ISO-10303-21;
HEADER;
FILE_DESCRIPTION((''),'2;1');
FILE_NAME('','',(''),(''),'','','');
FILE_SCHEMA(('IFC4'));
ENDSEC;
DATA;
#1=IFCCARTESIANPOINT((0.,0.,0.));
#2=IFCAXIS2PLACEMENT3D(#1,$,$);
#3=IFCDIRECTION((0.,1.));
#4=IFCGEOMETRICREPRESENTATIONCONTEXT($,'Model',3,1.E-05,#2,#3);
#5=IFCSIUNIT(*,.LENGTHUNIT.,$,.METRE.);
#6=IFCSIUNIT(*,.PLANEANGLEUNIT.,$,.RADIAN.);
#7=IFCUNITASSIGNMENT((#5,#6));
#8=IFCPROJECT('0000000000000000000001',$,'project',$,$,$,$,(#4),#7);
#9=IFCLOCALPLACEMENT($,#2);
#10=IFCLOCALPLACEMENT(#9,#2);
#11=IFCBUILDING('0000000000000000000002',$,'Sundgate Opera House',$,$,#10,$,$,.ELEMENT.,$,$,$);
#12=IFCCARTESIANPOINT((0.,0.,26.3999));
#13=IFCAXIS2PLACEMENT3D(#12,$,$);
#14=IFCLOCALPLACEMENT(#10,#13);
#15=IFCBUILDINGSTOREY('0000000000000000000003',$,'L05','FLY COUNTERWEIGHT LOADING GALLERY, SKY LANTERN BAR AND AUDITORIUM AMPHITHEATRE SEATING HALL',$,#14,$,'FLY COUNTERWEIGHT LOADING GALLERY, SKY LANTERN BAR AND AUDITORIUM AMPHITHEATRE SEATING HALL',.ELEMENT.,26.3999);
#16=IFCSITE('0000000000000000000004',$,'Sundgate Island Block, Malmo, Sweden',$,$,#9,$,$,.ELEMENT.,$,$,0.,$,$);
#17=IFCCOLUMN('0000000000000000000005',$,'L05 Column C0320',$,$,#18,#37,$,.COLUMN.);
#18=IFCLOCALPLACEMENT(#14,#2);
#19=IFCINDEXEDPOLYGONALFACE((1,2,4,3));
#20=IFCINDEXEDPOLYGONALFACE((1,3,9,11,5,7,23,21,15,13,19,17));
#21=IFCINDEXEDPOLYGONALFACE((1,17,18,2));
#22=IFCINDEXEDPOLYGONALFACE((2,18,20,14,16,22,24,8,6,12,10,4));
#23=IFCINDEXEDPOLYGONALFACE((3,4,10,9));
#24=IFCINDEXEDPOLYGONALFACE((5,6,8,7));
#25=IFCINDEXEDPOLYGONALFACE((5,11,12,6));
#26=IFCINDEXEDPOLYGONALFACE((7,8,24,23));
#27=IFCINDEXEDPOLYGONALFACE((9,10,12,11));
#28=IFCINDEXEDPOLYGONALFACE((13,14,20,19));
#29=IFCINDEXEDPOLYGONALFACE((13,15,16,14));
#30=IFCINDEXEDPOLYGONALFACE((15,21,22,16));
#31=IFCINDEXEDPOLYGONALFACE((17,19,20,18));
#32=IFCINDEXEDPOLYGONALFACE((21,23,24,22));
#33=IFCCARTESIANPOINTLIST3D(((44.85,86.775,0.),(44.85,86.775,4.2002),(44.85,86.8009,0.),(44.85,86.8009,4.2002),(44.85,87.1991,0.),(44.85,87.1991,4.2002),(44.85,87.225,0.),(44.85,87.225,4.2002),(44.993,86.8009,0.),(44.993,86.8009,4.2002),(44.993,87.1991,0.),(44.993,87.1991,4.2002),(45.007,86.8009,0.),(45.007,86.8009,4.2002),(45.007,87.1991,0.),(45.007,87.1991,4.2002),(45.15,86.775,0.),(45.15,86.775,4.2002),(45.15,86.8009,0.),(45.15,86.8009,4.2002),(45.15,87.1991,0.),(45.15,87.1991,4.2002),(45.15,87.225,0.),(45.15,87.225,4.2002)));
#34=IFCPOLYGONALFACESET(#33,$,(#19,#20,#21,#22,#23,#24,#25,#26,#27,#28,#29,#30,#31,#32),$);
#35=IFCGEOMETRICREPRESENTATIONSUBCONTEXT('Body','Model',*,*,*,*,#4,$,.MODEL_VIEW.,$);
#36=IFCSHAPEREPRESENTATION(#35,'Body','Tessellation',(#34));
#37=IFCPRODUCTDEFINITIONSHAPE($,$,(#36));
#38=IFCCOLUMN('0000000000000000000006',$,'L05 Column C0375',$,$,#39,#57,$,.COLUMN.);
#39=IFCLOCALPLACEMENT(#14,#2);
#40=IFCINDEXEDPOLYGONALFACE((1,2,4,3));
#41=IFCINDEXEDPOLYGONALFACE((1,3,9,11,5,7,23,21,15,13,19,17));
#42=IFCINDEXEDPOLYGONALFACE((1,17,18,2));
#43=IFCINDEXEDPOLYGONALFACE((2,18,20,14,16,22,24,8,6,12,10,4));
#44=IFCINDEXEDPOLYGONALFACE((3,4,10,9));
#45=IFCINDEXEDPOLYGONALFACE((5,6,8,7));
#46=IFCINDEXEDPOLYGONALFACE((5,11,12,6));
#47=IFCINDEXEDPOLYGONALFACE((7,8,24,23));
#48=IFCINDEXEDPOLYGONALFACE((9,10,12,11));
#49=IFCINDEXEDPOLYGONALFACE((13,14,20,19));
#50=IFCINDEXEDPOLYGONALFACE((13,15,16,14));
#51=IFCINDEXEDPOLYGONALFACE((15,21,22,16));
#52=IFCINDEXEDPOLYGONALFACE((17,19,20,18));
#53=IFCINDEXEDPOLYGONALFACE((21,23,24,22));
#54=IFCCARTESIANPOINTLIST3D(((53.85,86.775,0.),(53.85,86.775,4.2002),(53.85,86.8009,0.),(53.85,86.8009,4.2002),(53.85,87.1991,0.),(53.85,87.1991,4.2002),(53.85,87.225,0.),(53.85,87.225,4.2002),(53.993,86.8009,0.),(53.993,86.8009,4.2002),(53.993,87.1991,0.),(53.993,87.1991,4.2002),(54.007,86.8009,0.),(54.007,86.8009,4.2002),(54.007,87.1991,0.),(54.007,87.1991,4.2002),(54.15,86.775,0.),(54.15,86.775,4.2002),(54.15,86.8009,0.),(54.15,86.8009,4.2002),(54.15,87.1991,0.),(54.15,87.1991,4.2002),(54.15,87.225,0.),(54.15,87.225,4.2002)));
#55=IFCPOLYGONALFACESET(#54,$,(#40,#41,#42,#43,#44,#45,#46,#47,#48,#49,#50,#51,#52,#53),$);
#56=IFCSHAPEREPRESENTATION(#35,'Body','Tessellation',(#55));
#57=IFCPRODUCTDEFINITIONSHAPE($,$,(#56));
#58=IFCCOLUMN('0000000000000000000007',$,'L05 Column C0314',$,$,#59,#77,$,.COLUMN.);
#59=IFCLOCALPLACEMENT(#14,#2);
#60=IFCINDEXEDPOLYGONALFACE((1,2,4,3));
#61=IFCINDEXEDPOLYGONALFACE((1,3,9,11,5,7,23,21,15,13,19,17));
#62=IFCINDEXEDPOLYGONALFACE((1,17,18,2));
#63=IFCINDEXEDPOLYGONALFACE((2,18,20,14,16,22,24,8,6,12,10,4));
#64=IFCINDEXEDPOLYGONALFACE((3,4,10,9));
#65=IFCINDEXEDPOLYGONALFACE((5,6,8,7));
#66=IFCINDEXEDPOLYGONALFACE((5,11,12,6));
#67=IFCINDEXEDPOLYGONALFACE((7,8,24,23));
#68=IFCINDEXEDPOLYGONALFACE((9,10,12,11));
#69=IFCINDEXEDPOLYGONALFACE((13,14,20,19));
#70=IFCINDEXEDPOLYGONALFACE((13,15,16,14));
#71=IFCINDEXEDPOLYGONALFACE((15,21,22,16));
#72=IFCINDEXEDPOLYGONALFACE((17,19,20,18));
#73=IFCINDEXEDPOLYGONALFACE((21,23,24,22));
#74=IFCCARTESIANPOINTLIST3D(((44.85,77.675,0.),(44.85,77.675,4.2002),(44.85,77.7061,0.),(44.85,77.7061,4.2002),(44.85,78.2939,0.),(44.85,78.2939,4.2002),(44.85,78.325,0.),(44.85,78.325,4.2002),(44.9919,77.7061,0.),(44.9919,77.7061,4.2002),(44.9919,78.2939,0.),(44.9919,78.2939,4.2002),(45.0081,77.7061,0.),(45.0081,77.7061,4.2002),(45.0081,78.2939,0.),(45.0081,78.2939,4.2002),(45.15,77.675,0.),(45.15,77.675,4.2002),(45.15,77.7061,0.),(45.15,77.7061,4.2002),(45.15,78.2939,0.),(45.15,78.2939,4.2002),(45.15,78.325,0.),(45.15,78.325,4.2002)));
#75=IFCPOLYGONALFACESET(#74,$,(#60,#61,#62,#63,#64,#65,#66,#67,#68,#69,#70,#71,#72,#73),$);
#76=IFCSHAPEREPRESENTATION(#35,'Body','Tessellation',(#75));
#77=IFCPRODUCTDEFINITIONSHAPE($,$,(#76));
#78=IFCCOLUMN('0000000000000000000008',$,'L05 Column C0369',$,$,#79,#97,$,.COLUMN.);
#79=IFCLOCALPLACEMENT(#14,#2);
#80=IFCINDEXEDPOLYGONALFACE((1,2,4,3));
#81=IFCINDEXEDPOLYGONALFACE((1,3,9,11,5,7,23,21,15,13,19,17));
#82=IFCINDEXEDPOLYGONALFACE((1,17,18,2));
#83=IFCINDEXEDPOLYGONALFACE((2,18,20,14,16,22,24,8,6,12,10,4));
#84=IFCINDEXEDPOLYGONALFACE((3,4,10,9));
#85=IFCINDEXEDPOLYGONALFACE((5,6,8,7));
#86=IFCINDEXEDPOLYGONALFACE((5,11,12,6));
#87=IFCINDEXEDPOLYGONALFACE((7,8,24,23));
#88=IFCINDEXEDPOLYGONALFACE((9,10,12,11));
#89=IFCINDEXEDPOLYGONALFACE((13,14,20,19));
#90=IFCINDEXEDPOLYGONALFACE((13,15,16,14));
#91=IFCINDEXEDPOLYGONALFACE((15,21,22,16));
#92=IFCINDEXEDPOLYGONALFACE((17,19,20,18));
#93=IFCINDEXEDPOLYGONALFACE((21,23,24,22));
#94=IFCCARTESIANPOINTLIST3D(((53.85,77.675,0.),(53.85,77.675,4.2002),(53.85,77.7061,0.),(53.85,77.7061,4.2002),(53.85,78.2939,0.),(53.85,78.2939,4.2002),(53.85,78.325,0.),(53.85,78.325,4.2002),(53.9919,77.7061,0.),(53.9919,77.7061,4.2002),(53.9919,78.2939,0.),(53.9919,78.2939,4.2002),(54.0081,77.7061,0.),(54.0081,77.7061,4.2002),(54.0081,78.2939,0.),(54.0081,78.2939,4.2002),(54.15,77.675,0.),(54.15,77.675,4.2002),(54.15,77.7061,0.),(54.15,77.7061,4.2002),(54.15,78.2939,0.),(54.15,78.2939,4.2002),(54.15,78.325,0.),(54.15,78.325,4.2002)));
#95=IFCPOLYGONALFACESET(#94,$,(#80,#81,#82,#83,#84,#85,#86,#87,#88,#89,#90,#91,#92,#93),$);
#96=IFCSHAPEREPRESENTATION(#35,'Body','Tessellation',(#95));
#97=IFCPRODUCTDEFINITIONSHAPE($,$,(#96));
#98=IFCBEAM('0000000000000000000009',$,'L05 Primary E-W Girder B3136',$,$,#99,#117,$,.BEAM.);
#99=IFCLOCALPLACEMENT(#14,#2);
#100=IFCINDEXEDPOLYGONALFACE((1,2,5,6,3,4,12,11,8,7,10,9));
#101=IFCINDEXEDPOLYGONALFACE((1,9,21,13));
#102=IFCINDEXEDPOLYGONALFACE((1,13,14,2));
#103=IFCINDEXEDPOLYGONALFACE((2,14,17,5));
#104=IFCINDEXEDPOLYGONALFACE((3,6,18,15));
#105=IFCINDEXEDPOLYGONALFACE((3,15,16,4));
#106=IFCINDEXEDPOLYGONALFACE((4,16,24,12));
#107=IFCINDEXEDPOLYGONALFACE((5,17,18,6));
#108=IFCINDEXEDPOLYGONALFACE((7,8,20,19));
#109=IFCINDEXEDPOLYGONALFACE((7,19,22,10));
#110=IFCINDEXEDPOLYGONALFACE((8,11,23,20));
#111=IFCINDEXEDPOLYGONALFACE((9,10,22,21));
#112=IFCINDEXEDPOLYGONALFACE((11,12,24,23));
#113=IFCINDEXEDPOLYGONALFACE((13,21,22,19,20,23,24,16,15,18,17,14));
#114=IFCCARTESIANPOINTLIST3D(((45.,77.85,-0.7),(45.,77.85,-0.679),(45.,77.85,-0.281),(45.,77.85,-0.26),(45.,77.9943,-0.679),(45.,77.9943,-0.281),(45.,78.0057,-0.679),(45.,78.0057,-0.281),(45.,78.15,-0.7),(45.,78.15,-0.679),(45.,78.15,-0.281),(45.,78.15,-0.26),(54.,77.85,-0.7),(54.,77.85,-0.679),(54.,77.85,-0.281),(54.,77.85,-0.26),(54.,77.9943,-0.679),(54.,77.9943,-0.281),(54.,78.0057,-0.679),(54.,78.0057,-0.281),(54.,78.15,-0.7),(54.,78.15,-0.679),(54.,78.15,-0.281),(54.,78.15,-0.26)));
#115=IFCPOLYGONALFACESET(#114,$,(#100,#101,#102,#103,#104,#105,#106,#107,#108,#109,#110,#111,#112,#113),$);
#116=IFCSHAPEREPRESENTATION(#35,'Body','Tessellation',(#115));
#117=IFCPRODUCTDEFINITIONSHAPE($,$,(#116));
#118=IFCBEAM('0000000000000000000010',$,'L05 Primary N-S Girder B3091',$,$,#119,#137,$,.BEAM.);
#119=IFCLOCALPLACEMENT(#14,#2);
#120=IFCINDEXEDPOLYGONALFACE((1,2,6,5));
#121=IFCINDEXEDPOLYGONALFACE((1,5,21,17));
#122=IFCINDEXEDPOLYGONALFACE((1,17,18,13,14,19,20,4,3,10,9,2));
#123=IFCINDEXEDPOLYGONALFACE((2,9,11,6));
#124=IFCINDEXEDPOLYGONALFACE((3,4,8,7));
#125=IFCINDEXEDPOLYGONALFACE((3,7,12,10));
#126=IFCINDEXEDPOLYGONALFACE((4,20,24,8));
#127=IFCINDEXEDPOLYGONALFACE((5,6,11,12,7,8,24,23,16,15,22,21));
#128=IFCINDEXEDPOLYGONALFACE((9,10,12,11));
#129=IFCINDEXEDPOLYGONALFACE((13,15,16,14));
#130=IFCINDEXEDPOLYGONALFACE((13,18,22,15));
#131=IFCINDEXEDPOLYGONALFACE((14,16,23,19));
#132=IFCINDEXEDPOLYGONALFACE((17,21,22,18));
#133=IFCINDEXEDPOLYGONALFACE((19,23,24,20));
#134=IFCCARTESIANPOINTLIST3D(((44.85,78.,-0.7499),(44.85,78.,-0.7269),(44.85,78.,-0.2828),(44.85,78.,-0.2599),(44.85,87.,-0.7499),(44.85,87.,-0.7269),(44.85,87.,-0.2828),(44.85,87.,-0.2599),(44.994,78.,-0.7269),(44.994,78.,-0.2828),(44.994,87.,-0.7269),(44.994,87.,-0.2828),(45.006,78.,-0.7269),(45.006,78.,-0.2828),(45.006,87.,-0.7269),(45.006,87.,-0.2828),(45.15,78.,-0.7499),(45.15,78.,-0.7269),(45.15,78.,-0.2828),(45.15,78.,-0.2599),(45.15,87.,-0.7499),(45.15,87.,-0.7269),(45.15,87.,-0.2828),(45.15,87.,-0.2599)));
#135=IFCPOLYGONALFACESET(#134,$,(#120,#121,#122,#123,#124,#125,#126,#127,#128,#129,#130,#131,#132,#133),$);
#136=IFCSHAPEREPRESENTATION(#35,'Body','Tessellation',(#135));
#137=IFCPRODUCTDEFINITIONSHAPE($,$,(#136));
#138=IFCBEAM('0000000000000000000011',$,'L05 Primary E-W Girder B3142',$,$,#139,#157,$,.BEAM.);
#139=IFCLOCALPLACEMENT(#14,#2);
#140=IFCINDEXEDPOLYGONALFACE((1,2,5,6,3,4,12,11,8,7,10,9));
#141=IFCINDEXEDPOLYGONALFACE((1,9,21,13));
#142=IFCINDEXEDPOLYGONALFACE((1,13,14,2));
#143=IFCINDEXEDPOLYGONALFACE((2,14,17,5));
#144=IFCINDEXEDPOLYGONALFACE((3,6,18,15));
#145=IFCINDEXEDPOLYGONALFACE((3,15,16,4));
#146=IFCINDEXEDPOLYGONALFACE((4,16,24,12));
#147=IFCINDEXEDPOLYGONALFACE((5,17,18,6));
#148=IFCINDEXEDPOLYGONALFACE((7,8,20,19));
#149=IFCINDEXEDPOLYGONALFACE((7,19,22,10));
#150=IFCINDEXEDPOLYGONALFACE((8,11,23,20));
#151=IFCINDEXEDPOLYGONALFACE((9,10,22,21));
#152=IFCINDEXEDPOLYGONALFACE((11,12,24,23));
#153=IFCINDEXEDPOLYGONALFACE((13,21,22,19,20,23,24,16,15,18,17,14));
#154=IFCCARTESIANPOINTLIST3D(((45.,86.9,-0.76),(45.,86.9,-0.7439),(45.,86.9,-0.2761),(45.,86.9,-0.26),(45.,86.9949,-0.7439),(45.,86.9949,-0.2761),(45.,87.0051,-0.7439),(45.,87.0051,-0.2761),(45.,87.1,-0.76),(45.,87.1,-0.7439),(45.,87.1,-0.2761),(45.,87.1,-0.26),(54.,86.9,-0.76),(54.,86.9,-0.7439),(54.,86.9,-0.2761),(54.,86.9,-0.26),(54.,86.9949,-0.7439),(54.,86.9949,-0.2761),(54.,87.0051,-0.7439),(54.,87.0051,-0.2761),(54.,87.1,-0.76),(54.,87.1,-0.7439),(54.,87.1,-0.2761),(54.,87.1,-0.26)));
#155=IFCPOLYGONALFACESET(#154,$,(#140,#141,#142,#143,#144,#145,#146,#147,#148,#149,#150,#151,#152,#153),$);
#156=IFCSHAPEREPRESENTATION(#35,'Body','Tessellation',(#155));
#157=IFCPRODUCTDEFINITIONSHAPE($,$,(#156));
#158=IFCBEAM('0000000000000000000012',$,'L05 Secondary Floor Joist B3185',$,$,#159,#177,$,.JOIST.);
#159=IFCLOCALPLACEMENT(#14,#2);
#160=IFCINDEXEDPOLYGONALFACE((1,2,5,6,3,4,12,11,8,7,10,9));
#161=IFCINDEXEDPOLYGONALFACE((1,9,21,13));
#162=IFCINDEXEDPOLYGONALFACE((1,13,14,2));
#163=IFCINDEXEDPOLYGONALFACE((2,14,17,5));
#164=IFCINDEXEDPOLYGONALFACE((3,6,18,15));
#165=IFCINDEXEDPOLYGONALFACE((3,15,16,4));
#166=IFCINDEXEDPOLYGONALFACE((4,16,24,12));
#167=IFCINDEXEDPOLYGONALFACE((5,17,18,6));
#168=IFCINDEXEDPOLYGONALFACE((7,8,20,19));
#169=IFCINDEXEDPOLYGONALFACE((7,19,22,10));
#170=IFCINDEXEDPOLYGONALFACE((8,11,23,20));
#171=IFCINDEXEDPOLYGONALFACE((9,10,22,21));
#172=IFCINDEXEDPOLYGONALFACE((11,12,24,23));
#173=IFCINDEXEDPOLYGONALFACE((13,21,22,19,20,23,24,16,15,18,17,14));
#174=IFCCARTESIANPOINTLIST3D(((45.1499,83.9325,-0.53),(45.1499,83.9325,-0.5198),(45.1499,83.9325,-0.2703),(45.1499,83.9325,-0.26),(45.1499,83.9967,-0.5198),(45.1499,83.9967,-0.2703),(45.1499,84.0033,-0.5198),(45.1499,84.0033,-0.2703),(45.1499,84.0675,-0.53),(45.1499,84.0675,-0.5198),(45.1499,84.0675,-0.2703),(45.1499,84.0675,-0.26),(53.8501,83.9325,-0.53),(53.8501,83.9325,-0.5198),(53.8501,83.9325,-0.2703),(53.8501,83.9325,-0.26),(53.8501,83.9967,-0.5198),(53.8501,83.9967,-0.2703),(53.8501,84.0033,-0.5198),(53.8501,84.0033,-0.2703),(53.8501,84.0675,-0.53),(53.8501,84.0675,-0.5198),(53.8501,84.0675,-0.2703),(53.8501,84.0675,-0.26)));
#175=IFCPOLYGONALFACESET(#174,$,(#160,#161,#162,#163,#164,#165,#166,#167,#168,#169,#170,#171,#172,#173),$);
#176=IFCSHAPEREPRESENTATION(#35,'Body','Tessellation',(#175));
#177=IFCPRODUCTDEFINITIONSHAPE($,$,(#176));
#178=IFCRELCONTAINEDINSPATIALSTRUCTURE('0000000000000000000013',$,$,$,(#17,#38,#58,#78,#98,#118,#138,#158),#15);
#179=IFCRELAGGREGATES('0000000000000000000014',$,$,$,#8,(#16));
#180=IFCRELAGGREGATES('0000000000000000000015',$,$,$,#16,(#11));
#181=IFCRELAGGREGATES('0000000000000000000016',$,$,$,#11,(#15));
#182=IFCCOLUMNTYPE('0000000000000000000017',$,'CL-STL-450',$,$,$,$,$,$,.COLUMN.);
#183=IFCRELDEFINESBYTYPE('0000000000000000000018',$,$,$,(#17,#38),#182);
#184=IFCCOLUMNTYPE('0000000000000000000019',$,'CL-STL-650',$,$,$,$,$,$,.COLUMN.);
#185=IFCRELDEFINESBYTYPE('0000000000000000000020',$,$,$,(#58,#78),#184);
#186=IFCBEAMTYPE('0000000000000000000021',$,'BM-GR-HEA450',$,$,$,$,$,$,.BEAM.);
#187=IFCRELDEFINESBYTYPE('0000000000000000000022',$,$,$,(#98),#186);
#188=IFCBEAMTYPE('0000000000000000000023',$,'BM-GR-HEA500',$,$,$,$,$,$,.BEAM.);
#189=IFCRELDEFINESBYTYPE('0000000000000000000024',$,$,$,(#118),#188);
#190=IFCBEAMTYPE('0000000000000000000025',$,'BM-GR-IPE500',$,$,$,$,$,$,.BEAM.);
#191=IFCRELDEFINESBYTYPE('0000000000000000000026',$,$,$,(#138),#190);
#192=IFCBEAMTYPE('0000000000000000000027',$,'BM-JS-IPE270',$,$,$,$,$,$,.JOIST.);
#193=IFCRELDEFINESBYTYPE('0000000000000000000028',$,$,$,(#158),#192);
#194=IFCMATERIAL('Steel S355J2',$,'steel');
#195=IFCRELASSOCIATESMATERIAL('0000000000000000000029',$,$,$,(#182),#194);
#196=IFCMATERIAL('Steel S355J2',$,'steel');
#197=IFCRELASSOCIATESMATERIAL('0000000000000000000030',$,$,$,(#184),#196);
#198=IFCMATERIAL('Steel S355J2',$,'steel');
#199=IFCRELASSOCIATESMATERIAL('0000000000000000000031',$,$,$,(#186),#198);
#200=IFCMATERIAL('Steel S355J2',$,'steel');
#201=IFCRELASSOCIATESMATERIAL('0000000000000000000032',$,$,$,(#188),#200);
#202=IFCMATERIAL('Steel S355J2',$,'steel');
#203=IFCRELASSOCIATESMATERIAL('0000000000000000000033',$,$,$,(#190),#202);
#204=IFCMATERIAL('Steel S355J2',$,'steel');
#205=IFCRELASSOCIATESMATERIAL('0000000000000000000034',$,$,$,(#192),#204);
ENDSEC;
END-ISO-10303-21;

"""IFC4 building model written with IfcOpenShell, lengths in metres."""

from ifc_helpers import new_model, si_unit, direction, frame, origin, origin_2d, place, context, subcontext, project, spatial, i_section, extrude, material, material_profile, profile_set, type_object, element, save


model = new_model("IFC4")

# Units and contexts
model_context = context("Model", 3, precision=1e-05, world=origin(), true_north=direction((0.0, 1.0)))
body_context = subcontext(model_context, "Body", "Model", "MODEL_VIEW")
ifc_project = project(units=[si_unit("LENGTHUNIT", "METRE"), si_unit("PLANEANGLEUNIT", "RADIAN")], contexts=[model_context])

# Site, building, storey
site_placement = place(None, origin())
site = spatial("IfcSite", under=ifc_project, at=site_placement, Name="Sundgate Island Block, Malmo, Sweden", CompositionType="ELEMENT", RefElevation=0.0)
building_placement = place(site_placement, origin())
building = spatial("IfcBuilding", under=site, at=building_placement, Name="Sundgate Opera House", CompositionType="ELEMENT")
storey_placement = place(building_placement, frame((0.0, 0.0, 26.3999)))
storey = spatial("IfcBuildingStorey", under=building, at=storey_placement, Name="L05", Description="FLY COUNTERWEIGHT LOADING GALLERY, SKY LANTERN BAR AND AUDITORIUM AMPHITHEATRE SEATING HALL", LongName="FLY COUNTERWEIGHT LOADING GALLERY, SKY LANTERN BAR AND AUDITORIUM AMPHITHEATRE SEATING HALL", CompositionType="ELEMENT", Elevation=26.3999)

# Columns
ifc_material_1 = material(Name="Steel S355J2", Category="steel")
ifc_material_profile_1 = material_profile(ifc_material_1, i_section(OverallWidth=0.3, OverallDepth=0.45, WebThickness=0.0139, FlangeThickness=0.0259, at=origin_2d()), Name="HEB 450")
ifc_profile_set_1 = profile_set([ifc_material_profile_1], Name="Steel S355J2")
column_type_1 = type_object("IfcColumnType", Name="CL-STL-450", PredefinedType="COLUMN", material=ifc_profile_set_1)
for number, where, z_axis, x_axis, name in (
    (1, (45.0, 87.0, 0.0), (0.0, 0.0, 1.0), (1.0, 0.0, 0.0), "L05 Column C0320"),
    (2, (54.0, 87.0, 0.0), (0.0, 0.0, 1.0), (1.0, 0.0, 0.0), "L05 Column C0375"),
):
    element("IfcColumn", number, at=place(storey_placement, frame(where, z_axis=z_axis, x_axis=x_axis)), inside=storey, type_object=column_type_1, Name=name, PredefinedType="COLUMN", context=body_context, shape_type="SweptSolid", body=[
        extrude(i_section(OverallWidth=0.3, OverallDepth=0.45, WebThickness=0.0139, FlangeThickness=0.0259, at=origin_2d()), origin(), (0.0, 0.0, 1.0), 4.2002),
    ])
ifc_material_2 = material(Name="Steel S355J2", Category="steel")
ifc_material_profile_2 = material_profile(ifc_material_2, i_section(OverallWidth=0.3, OverallDepth=0.6499, WebThickness=0.0161, FlangeThickness=0.031, at=origin_2d()), Name="HEB 650")
ifc_profile_set_2 = profile_set([ifc_material_profile_2], Name="Steel S355J2")
column_type_2 = type_object("IfcColumnType", Name="CL-STL-650", PredefinedType="COLUMN", material=ifc_profile_set_2)
for number, where, z_axis, x_axis, name in (
    (3, (45.0, 78.0, 0.0), (0.0, 0.0, 1.0), (1.0, 0.0, 0.0), "L05 Column C0314"),
    (4, (54.0, 78.0, 0.0), (0.0, 0.0, 1.0), (1.0, 0.0, 0.0), "L05 Column C0369"),
):
    element("IfcColumn", number, at=place(storey_placement, frame(where, z_axis=z_axis, x_axis=x_axis)), inside=storey, type_object=column_type_2, Name=name, PredefinedType="COLUMN", context=body_context, shape_type="SweptSolid", body=[
        extrude(i_section(OverallWidth=0.3, OverallDepth=0.6499, WebThickness=0.0161, FlangeThickness=0.031, at=origin_2d()), origin(), (0.0, 0.0, 1.0), 4.2002),
    ])

# Beams
ifc_material_3 = material(Name="Steel S355J2", Category="steel")
ifc_material_profile_3 = material_profile(ifc_material_3, i_section(OverallWidth=0.3, OverallDepth=0.4399, WebThickness=0.0115, FlangeThickness=0.021, at=origin_2d()), Name="HEA 450")
ifc_profile_set_3 = profile_set([ifc_material_profile_3], Name="Steel S355J2")
beam_type_1 = type_object("IfcBeamType", Name="BM-GR-HEA450", PredefinedType="BEAM", material=ifc_profile_set_3)
beam_1_placement = place(storey_placement, frame((45.0, 78.0, -0.48), z_axis=(1.0, 0.0, 0.0), x_axis=(0.0, 1.0, 0.0)))
element("IfcBeam", 5, at=beam_1_placement, inside=storey, type_object=beam_type_1, Name="L05 Primary E-W Girder B3136", PredefinedType="BEAM", context=body_context, shape_type="SweptSolid", body=[
    extrude(i_section(OverallWidth=0.3, OverallDepth=0.4399, WebThickness=0.0115, FlangeThickness=0.021, at=origin_2d()), origin(), (0.0, 0.0, 1.0), 9.0),
])
ifc_material_4 = material(Name="Steel S355J2", Category="steel")
ifc_material_profile_4 = material_profile(ifc_material_4, i_section(OverallWidth=0.3, OverallDepth=0.49, WebThickness=0.012, FlangeThickness=0.0229, at=origin_2d()), Name="HEA 500")
ifc_profile_set_4 = profile_set([ifc_material_profile_4], Name="Steel S355J2")
beam_type_2 = type_object("IfcBeamType", Name="BM-GR-HEA500", PredefinedType="BEAM", material=ifc_profile_set_4)
beam_2_placement = place(storey_placement, frame((45.0, 78.0, -0.5049), z_axis=(0.0, 1.0, 0.0), x_axis=(-1.0, 0.0, 0.0)))
element("IfcBeam", 6, at=beam_2_placement, inside=storey, type_object=beam_type_2, Name="L05 Primary N-S Girder B3091", PredefinedType="BEAM", context=body_context, shape_type="SweptSolid", body=[
    extrude(i_section(OverallWidth=0.3, OverallDepth=0.49, WebThickness=0.012, FlangeThickness=0.0229, at=origin_2d()), origin(), (0.0, 0.0, 1.0), 9.0),
])
ifc_material_5 = material(Name="Steel S355J2", Category="steel")
ifc_material_profile_5 = material_profile(ifc_material_5, i_section(OverallWidth=0.2, OverallDepth=0.5, WebThickness=0.0103, FlangeThickness=0.0161, at=origin_2d()), Name="IPE 500")
ifc_profile_set_5 = profile_set([ifc_material_profile_5], Name="Steel S355J2")
beam_type_3 = type_object("IfcBeamType", Name="BM-GR-IPE500", PredefinedType="BEAM", material=ifc_profile_set_5)
beam_3_placement = place(storey_placement, frame((45.0, 87.0, -0.51), z_axis=(1.0, 0.0, 0.0), x_axis=(0.0, 1.0, 0.0)))
element("IfcBeam", 7, at=beam_3_placement, inside=storey, type_object=beam_type_3, Name="L05 Primary E-W Girder B3142", PredefinedType="BEAM", context=body_context, shape_type="SweptSolid", body=[
    extrude(i_section(OverallWidth=0.2, OverallDepth=0.5, WebThickness=0.0103, FlangeThickness=0.0161, at=origin_2d()), origin(), (0.0, 0.0, 1.0), 9.0),
])
ifc_material_6 = material(Name="Steel S355J2", Category="steel")
ifc_material_profile_6 = material_profile(ifc_material_6, i_section(OverallWidth=0.135, OverallDepth=0.27, WebThickness=0.0066, FlangeThickness=0.0103, at=origin_2d()), Name="IPE 270")
ifc_profile_set_6 = profile_set([ifc_material_profile_6], Name="Steel S355J2")
beam_type_4 = type_object("IfcBeamType", Name="BM-JS-IPE270", PredefinedType="JOIST", material=ifc_profile_set_6)
beam_4_placement = place(storey_placement, frame((45.1499, 84.0, -0.395), z_axis=(1.0, 0.0, 0.0), x_axis=(0.0, 1.0, 0.0)))
element("IfcBeam", 8, at=beam_4_placement, inside=storey, type_object=beam_type_4, Name="L05 Secondary Floor Joist B3185", PredefinedType="JOIST", context=body_context, shape_type="SweptSolid", body=[
    extrude(i_section(OverallWidth=0.135, OverallDepth=0.27, WebThickness=0.0066, FlangeThickness=0.0103, at=origin_2d()), origin(), (0.0, 0.0, 1.0), 8.7002),
])

save(model, "model.ifc")
